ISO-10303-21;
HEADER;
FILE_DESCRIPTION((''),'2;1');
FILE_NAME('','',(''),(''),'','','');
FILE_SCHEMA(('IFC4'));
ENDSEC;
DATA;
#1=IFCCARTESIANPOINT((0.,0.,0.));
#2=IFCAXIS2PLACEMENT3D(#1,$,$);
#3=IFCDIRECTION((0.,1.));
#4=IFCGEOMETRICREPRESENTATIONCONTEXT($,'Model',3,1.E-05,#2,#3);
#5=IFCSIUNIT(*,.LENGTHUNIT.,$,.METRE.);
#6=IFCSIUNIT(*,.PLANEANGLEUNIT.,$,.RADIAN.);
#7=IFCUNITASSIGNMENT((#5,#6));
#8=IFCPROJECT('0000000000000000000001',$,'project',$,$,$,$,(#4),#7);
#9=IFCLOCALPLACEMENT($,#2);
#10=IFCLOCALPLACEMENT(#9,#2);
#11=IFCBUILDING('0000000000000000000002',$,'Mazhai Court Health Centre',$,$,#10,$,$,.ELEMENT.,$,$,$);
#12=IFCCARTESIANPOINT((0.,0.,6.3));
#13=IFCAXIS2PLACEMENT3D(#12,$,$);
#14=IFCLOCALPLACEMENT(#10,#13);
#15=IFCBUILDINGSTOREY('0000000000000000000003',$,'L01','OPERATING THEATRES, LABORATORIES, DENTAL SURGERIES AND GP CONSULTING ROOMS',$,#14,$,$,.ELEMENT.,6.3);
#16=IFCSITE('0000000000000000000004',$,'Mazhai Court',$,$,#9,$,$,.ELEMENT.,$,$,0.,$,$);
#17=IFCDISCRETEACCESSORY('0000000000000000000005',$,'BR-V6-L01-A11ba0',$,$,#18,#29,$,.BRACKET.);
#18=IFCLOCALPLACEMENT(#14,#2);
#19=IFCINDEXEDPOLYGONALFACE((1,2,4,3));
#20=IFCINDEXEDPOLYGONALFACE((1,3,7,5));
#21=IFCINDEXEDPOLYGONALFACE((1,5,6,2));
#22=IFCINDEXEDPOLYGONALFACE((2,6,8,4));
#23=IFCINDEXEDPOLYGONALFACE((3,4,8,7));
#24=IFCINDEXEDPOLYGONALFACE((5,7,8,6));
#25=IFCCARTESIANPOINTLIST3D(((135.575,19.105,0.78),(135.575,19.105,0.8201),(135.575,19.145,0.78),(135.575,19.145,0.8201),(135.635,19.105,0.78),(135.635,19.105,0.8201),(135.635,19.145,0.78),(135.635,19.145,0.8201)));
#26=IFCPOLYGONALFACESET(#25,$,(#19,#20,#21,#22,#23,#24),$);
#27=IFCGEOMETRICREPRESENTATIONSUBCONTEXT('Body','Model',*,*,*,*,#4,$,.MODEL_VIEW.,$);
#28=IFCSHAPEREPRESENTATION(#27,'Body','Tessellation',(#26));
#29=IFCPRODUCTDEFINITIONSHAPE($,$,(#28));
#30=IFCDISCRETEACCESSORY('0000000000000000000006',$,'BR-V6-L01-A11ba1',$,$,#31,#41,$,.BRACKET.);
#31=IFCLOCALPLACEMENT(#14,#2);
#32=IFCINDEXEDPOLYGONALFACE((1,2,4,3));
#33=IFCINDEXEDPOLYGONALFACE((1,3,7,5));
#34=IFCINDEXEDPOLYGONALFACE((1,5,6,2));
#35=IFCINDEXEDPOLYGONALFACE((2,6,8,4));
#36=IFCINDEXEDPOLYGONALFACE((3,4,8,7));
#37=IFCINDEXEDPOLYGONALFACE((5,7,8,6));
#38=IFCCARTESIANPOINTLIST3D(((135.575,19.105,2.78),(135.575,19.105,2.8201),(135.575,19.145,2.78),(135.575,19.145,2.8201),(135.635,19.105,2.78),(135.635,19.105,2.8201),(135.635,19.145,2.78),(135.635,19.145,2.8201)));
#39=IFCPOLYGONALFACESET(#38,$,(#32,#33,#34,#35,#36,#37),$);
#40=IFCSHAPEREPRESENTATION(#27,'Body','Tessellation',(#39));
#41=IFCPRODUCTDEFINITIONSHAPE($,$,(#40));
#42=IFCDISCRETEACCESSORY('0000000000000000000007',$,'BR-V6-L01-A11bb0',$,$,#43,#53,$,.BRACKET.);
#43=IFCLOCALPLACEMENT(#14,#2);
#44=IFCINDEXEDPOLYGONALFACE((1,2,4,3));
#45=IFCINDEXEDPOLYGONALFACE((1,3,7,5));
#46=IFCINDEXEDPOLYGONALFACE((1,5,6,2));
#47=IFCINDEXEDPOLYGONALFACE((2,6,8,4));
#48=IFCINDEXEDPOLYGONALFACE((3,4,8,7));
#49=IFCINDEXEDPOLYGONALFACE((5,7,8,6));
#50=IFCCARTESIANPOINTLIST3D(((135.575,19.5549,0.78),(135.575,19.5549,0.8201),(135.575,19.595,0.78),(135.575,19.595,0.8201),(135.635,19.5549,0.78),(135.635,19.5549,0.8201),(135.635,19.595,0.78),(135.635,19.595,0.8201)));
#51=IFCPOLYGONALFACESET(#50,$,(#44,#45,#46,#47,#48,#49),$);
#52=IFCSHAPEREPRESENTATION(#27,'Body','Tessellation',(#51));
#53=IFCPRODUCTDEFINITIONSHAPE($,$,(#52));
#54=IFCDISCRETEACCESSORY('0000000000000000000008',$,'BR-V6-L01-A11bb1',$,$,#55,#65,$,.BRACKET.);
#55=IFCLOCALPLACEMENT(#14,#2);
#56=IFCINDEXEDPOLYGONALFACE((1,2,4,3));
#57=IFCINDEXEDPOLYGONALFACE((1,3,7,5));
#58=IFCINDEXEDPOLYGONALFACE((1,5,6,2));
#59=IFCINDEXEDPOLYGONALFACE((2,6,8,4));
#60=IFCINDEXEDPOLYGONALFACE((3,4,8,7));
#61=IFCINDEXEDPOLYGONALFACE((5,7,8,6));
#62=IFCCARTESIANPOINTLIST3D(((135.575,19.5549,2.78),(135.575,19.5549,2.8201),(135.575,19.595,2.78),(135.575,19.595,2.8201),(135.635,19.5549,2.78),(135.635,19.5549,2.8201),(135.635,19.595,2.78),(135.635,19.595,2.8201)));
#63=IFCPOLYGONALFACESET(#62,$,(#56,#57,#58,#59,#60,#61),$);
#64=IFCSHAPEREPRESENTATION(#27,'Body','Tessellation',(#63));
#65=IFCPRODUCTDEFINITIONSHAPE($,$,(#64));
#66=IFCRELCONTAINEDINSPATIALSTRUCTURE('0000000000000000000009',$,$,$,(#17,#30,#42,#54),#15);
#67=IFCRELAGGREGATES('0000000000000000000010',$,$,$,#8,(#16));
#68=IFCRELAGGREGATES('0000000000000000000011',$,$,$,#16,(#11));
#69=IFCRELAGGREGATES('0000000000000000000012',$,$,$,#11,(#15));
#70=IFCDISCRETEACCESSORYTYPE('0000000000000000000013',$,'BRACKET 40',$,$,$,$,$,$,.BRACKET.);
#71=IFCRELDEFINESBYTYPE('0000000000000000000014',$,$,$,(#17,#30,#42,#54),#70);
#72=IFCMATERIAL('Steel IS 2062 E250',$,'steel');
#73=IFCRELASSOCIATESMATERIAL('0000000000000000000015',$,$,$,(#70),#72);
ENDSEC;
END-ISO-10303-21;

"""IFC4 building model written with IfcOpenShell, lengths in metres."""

from ifc_helpers import new_model, si_unit, direction, frame, origin, origin_2d, place, context, subcontext, project, spatial, rectangle, extrude, material, type_object, element, save


model = new_model("IFC4")

# Units and contexts
model_context = context("Model", 3, precision=1e-05, world=origin(), true_north=direction((0.0, 1.0)))
body_context = subcontext(model_context, "Body", "Model", "MODEL_VIEW")
ifc_project = project(units=[si_unit("LENGTHUNIT", "METRE"), si_unit("PLANEANGLEUNIT", "RADIAN")], contexts=[model_context])

# Site, building, storey
site_placement = place(None, origin())
site = spatial("IfcSite", under=ifc_project, at=site_placement, Name="Mazhai Court", CompositionType="ELEMENT", RefElevation=0.0)
building_placement = place(site_placement, origin())
building = spatial("IfcBuilding", under=site, at=building_placement, Name="Mazhai Court Health Centre", CompositionType="ELEMENT")
storey_placement = place(building_placement, frame((0.0, 0.0, 6.3)))
storey = spatial("IfcBuildingStorey", under=building, at=storey_placement, Name="L01", Description="OPERATING THEATRES, LABORATORIES, DENTAL SURGERIES AND GP CONSULTING ROOMS", CompositionType="ELEMENT", Elevation=6.3)

# Discrete accessories
ifc_material_1 = material(Name="Steel IS 2062 E250", Category="steel")
discrete_accessory_type = type_object("IfcDiscreteAccessoryType", Name="BRACKET 40", PredefinedType="BRACKET", material=ifc_material_1)
for number, where, z_axis, x_axis, name in (
    (1, (135.605, 19.125, 0.78), (0.0, 0.0, 1.0), (0.0, 1.0, 0.0), "BR-V6-L01-A11ba0"),
    (2, (135.605, 19.125, 2.78), (0.0, 0.0, 1.0), (0.0, 1.0, 0.0), "BR-V6-L01-A11ba1"),
    (3, (135.605, 19.575, 0.78), (0.0, 0.0, 1.0), (0.0, 1.0, 0.0), "BR-V6-L01-A11bb0"),
    (4, (135.605, 19.575, 2.78), (0.0, 0.0, 1.0), (0.0, 1.0, 0.0), "BR-V6-L01-A11bb1"),
):
    element("IfcDiscreteAccessory", number, at=place(storey_placement, frame(where, z_axis=z_axis, x_axis=x_axis)), inside=storey, type_object=discrete_accessory_type, Name=name, PredefinedType="BRACKET", context=body_context, shape_type="SweptSolid", body=[
        extrude(rectangle(XDim=0.04, YDim=0.0601, at=origin_2d()), origin(), (0.0, 0.0, 1.0), 0.04),
    ])

save(model, "model.ifc")
